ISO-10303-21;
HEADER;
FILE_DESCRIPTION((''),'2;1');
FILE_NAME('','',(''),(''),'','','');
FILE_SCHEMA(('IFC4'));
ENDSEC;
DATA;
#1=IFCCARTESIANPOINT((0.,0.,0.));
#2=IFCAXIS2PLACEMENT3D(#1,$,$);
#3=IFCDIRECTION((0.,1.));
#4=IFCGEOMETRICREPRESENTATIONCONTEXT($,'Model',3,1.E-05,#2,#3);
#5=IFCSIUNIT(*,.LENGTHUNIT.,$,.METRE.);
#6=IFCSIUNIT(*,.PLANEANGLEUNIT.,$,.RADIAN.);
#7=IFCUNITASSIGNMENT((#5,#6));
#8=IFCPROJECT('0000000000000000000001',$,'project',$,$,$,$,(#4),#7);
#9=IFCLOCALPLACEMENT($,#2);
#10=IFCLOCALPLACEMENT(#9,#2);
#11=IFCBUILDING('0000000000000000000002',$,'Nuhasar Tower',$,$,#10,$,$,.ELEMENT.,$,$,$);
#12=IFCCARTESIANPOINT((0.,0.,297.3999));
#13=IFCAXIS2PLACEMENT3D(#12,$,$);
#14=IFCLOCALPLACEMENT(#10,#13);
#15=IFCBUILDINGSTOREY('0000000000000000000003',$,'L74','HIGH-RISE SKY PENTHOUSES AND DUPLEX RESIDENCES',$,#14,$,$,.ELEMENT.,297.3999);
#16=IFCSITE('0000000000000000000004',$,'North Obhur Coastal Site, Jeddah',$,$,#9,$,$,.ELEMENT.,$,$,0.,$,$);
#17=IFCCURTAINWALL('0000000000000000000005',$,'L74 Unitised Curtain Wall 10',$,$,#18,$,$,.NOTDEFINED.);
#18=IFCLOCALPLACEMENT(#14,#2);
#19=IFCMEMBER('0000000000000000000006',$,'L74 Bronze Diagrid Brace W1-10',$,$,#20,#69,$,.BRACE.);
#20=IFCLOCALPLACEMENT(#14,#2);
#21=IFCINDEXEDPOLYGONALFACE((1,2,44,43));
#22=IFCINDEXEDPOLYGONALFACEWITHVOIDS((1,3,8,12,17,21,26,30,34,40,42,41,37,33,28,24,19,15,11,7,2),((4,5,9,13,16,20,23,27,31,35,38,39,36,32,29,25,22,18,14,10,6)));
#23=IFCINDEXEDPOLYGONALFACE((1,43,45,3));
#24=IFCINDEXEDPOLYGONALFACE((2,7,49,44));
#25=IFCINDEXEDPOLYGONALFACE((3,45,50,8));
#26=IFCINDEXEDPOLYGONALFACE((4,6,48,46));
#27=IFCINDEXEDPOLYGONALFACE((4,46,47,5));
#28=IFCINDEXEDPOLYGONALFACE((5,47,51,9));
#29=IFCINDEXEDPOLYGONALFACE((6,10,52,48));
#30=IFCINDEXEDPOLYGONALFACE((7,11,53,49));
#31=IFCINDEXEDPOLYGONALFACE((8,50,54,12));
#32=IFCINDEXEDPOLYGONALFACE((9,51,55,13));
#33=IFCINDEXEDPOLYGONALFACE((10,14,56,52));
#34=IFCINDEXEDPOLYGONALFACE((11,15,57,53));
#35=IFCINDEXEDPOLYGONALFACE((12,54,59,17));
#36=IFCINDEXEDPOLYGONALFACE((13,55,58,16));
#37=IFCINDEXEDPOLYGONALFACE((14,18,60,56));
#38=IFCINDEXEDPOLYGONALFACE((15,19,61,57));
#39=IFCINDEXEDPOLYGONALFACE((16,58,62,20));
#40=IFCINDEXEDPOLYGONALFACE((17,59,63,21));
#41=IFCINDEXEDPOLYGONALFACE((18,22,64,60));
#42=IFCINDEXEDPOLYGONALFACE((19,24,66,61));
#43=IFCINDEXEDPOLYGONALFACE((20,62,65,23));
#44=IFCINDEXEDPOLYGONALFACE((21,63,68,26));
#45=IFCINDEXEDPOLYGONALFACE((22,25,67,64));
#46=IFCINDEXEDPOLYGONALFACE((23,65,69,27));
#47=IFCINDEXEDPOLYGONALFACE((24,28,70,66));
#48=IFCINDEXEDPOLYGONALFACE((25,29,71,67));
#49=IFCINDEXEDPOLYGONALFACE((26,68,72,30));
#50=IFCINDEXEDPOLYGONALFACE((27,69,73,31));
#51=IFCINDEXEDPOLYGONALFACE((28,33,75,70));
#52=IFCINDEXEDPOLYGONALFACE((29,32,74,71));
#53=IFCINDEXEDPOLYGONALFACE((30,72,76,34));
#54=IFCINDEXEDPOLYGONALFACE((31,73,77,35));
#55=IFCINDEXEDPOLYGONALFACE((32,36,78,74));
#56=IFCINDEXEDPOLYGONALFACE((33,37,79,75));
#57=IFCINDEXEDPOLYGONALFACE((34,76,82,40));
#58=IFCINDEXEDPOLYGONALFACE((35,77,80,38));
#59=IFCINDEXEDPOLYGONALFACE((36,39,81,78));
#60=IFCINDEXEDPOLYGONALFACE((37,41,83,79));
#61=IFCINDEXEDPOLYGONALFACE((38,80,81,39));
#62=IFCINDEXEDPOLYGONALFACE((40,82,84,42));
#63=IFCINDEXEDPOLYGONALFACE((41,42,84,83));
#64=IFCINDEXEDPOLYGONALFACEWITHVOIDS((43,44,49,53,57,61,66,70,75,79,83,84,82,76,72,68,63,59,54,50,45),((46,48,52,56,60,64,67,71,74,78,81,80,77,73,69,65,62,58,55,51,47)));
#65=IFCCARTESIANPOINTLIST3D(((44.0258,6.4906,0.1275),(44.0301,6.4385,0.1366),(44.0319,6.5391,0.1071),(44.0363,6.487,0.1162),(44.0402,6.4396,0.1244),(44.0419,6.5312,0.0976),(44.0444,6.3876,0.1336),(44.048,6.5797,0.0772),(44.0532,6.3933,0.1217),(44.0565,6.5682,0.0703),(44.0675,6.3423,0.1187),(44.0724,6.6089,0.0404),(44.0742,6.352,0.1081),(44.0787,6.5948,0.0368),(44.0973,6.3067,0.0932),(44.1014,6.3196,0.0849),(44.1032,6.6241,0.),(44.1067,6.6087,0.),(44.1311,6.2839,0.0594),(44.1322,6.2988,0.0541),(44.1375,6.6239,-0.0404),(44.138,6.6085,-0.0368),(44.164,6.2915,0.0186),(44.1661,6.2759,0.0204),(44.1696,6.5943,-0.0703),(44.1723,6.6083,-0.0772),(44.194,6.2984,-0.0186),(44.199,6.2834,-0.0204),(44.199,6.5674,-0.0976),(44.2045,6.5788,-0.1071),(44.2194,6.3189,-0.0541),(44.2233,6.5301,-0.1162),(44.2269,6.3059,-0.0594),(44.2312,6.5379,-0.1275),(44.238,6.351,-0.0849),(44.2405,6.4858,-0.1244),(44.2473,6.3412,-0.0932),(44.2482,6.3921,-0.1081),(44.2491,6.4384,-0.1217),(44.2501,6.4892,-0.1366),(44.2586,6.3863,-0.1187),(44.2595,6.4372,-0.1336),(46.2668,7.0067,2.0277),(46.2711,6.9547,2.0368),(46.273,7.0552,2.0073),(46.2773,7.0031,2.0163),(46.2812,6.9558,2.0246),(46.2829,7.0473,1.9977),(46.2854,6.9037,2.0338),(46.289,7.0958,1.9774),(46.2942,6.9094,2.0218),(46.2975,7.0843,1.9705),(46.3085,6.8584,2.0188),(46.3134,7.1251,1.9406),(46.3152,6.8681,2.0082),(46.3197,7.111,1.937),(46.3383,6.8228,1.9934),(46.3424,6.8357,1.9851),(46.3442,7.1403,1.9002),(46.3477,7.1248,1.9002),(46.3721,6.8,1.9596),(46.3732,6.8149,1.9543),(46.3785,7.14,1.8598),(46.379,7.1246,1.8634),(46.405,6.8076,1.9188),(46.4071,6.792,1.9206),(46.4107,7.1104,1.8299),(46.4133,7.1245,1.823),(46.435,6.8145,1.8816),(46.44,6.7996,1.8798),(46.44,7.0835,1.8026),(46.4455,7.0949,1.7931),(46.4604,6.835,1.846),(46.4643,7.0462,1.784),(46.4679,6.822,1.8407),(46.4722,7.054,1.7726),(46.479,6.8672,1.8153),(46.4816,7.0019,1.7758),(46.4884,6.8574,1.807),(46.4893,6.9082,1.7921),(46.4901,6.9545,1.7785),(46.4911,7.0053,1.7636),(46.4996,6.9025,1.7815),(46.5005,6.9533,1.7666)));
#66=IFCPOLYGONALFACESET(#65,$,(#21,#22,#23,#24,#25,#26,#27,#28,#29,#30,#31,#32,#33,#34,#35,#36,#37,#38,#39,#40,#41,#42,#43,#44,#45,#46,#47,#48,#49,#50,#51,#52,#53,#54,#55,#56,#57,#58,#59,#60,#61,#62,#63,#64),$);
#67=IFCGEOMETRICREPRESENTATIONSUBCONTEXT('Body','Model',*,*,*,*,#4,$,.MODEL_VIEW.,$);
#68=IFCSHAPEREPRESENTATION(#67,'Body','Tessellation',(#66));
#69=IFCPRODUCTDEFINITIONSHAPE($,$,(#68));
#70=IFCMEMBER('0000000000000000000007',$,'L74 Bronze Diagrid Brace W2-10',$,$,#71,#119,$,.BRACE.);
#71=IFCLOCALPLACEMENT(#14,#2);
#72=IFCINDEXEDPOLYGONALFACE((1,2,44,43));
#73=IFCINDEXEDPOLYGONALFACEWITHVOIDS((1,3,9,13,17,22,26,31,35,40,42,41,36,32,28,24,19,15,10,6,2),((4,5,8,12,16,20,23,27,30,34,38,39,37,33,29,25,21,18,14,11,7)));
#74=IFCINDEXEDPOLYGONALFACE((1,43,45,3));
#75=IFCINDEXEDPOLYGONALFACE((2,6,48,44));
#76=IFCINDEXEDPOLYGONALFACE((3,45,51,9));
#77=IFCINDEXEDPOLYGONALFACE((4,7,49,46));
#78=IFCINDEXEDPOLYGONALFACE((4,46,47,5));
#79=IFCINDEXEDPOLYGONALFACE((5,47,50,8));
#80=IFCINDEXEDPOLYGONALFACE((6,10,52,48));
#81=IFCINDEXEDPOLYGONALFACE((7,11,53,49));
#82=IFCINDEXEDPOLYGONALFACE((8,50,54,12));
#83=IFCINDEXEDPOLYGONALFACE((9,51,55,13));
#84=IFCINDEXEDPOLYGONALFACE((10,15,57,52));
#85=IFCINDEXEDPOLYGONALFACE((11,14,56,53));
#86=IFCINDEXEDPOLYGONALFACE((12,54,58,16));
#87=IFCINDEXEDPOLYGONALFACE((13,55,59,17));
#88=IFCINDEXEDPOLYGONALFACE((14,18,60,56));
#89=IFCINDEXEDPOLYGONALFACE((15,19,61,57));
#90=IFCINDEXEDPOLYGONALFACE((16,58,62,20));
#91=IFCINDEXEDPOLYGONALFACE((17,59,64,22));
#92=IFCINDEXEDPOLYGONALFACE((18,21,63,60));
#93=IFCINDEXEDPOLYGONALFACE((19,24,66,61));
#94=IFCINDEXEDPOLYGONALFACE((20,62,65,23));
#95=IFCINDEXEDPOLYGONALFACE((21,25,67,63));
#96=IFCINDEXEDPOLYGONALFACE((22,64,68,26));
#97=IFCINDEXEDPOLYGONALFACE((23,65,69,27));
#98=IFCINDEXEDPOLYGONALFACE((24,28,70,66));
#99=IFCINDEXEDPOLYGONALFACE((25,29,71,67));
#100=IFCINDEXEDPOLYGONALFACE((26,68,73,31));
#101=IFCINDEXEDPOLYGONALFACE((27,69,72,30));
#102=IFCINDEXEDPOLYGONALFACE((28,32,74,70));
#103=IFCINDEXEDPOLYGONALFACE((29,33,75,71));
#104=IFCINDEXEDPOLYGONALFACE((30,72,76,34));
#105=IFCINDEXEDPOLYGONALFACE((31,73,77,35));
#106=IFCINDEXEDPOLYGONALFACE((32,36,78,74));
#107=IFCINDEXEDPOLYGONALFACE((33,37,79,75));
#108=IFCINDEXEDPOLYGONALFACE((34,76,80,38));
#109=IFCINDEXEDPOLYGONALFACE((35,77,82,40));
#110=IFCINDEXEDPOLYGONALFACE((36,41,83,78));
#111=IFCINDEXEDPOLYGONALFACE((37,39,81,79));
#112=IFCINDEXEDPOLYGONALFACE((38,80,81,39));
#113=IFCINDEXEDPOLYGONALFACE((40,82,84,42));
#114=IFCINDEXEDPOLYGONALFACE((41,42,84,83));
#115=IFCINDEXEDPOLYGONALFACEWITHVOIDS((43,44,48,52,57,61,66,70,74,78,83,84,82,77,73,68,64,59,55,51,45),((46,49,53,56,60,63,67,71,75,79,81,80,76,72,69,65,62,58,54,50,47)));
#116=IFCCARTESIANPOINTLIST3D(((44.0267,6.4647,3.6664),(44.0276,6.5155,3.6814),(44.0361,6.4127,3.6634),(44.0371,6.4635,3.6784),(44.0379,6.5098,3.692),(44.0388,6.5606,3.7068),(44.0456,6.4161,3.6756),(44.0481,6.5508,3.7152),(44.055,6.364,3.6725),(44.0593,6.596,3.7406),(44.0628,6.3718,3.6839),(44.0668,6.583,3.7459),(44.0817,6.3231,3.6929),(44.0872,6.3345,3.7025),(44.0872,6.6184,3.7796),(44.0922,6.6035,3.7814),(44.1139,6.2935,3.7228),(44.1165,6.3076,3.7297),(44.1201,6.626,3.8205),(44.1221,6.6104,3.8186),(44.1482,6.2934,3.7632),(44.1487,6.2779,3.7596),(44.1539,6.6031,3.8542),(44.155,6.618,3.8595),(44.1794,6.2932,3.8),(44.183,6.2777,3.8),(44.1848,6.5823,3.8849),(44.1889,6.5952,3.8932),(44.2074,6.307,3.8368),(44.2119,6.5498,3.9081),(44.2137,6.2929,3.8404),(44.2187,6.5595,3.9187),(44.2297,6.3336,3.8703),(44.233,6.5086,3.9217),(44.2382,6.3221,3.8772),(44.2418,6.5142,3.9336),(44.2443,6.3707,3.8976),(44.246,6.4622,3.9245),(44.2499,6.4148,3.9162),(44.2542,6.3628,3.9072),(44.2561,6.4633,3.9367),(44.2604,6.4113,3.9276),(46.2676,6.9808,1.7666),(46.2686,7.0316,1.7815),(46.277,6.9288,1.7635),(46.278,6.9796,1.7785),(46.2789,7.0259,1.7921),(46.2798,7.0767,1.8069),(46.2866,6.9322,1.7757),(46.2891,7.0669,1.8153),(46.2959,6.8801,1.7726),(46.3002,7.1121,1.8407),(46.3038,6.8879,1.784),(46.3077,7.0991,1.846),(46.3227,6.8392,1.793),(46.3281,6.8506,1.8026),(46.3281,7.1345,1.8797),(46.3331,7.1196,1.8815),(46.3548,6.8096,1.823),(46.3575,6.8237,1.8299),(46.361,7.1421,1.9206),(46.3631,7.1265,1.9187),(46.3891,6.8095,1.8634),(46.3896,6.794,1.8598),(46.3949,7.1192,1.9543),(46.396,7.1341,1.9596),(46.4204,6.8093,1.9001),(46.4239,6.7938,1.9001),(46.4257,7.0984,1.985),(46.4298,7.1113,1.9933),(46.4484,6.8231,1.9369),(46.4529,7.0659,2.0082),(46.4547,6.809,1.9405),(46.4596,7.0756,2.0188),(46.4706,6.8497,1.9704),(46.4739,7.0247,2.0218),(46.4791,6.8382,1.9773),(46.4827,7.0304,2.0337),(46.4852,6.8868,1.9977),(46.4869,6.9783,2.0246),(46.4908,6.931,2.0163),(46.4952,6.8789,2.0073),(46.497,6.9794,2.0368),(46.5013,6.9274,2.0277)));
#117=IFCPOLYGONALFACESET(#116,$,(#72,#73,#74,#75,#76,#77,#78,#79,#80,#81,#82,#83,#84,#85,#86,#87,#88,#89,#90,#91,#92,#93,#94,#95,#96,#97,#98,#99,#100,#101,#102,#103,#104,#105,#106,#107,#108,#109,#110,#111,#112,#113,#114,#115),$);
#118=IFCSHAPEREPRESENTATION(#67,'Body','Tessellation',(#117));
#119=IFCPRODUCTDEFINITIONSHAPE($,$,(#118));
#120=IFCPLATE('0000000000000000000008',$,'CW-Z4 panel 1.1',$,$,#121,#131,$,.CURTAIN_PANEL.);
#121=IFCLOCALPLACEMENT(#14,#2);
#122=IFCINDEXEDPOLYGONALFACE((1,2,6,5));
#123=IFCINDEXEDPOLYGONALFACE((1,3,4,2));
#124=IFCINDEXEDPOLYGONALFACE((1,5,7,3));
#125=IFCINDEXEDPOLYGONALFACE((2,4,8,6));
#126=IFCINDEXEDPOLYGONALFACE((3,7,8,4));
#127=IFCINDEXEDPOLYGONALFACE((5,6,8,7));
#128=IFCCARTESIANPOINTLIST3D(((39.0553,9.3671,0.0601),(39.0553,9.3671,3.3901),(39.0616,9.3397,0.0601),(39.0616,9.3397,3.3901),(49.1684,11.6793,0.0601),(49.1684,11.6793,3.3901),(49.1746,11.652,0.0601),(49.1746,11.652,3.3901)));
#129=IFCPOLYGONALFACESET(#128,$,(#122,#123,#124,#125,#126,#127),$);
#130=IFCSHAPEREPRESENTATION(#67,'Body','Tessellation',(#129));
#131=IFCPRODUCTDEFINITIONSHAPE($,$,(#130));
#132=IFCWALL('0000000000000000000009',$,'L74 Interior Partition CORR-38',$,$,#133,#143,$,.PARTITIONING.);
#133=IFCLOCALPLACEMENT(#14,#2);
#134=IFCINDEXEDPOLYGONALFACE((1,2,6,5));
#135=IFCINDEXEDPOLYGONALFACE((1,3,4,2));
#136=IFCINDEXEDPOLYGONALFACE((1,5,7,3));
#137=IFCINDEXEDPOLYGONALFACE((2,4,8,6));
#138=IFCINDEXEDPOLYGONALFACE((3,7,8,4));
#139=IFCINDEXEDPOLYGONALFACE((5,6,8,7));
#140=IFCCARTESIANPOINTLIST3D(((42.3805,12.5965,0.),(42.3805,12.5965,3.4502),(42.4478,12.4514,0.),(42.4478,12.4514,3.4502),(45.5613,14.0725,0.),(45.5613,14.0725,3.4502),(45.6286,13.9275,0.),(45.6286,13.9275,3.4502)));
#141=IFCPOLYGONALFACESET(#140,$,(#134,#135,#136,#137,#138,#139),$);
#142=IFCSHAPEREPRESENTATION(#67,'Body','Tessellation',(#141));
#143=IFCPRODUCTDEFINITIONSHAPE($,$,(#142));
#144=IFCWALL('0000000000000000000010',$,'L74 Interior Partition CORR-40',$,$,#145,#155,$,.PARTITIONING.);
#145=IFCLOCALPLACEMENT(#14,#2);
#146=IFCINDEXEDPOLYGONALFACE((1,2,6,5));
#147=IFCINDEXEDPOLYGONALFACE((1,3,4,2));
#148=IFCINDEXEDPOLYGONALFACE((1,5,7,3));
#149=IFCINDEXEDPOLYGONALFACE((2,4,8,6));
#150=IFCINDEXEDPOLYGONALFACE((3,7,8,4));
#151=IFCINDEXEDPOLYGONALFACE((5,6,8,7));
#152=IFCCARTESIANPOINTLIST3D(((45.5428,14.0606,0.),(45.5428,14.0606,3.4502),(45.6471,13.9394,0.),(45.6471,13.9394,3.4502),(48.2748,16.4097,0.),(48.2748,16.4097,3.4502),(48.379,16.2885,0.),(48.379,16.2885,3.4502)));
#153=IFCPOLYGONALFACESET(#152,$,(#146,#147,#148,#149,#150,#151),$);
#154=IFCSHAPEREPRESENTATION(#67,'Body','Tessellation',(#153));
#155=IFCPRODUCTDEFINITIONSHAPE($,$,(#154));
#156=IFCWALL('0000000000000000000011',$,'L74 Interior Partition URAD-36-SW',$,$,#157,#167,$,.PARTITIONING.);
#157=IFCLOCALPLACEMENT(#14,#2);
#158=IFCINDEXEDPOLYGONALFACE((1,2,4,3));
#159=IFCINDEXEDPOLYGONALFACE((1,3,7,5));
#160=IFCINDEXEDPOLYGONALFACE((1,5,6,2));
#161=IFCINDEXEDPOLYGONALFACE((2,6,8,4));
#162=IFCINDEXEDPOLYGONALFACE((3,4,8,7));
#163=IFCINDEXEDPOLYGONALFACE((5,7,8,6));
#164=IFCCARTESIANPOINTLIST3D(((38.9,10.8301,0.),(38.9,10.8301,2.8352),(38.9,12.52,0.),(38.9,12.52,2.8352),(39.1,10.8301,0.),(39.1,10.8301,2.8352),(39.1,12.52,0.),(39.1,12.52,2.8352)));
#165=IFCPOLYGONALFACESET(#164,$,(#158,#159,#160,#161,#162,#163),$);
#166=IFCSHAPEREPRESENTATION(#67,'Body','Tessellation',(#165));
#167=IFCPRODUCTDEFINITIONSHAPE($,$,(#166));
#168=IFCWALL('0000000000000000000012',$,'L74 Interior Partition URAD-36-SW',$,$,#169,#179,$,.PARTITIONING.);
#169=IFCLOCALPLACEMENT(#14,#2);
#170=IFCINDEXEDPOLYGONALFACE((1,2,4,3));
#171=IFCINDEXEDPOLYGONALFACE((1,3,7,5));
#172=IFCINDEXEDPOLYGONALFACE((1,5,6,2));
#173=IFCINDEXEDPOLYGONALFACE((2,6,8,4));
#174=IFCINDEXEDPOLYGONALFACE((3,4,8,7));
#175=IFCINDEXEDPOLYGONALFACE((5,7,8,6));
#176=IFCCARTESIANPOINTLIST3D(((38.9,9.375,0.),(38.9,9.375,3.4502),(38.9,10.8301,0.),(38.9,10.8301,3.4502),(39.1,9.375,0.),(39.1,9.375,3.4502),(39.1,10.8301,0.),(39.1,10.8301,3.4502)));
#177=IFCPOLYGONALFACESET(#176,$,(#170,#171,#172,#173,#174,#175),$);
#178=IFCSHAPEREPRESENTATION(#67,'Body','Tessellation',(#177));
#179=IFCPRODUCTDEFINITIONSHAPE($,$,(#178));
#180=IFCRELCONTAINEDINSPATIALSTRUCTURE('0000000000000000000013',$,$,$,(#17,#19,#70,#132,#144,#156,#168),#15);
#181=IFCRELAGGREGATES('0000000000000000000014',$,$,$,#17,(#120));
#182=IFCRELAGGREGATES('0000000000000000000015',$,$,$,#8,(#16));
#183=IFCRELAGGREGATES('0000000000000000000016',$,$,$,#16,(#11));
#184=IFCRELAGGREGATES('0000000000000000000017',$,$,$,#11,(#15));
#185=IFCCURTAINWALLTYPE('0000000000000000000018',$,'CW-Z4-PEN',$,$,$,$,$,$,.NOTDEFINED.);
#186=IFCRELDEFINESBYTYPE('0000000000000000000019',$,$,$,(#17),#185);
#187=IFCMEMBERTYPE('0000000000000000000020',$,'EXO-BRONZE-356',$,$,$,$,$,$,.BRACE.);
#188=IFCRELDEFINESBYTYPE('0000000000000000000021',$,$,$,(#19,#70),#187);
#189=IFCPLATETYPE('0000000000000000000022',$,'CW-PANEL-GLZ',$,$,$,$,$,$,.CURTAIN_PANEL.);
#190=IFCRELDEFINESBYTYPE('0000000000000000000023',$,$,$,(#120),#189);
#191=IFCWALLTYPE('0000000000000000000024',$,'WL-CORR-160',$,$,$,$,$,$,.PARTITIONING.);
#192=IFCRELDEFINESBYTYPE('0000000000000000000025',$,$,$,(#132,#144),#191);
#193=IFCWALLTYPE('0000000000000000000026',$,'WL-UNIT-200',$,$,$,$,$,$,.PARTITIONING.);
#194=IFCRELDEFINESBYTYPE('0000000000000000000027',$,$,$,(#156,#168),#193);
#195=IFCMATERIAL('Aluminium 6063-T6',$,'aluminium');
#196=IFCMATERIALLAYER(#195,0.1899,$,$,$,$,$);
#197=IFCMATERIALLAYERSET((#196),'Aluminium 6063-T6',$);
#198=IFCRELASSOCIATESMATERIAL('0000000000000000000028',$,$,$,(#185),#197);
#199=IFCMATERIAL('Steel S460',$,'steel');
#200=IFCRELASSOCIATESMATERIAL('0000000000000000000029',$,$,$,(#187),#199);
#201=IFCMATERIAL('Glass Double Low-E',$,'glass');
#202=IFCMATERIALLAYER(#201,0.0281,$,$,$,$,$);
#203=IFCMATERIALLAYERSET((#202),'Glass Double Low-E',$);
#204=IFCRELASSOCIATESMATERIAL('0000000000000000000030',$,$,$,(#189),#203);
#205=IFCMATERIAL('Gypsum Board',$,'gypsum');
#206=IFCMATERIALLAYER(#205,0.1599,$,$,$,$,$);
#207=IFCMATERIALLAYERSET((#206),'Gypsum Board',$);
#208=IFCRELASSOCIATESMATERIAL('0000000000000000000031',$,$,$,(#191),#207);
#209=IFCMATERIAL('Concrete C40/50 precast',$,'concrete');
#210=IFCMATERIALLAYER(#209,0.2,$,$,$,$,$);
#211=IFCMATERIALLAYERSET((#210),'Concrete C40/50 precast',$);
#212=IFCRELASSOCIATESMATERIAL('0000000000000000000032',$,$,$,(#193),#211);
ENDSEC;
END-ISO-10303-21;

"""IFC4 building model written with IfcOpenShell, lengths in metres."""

from ifc_helpers import new_model, si_unit, direction, frame, frame_2d, origin, origin_2d, place, context, subcontext, project, spatial, rectangle, hollow_circle, extrude, material, layer, layer_set, material_profile, profile_set, type_object, element, aggregate, save


model = new_model("IFC4")

# Units and contexts
model_context = context("Model", 3, precision=1e-05, world=origin(), true_north=direction((0.0, 1.0)))
body_context = subcontext(model_context, "Body", "Model", "MODEL_VIEW")
ifc_project = project(units=[si_unit("LENGTHUNIT", "METRE"), si_unit("PLANEANGLEUNIT", "RADIAN")], contexts=[model_context])

# Site, building, storey
site_placement = place(None, origin())
site = spatial("IfcSite", under=ifc_project, at=site_placement, Name="North Obhur Coastal Site, Jeddah", CompositionType="ELEMENT", RefElevation=0.0)
building_placement = place(site_placement, origin())
building = spatial("IfcBuilding", under=site, at=building_placement, Name="Nuhasar Tower", CompositionType="ELEMENT")
storey_placement = place(building_placement, frame((0.0, 0.0, 297.3999)))
storey = spatial("IfcBuildingStorey", under=building, at=storey_placement, Name="L74", Description="HIGH-RISE SKY PENTHOUSES AND DUPLEX RESIDENCES", CompositionType="ELEMENT", Elevation=297.3999)

# Curtain wall
ifc_material_1 = material(Name="Aluminium 6063-T6", Category="aluminium")
ifc_layer_1 = layer(ifc_material_1, 0.1899)
ifc_layer_set_1 = layer_set([ifc_layer_1], Name="Aluminium 6063-T6")
curtain_wall_type = type_object("IfcCurtainWallType", Name="CW-Z4-PEN", PredefinedType="NOTDEFINED", material=ifc_layer_set_1)
curtain_wall_placement = place(storey_placement, origin())
curtain_wall = element("IfcCurtainWall", 1, at=curtain_wall_placement, inside=storey, type_object=curtain_wall_type, Name="L74 Unitised Curtain Wall 10", PredefinedType="NOTDEFINED")

# Members
ifc_material_2 = material(Name="Steel S460", Category="steel")
ifc_material_profile_1 = material_profile(ifc_material_2, hollow_circle(Radius=0.1777, WallThickness=0.0159, at=origin_2d()), Name="HSS355.6X15.9")
ifc_profile_set_1 = profile_set([ifc_material_profile_1], Name="Steel S460")
member_type_1 = type_object("IfcMemberType", Name="EXO-BRONZE-356", PredefinedType="BRACE", material=ifc_profile_set_1)
member_1_placement = place(storey_placement, frame((44.1431, 6.4509, 0.0), z_axis=(0.751222, 0.173013, 0.636971), x_axis=(-0.224433, 0.97449, 0.0)))
element("IfcMember", 2, at=member_1_placement, inside=storey, type_object=member_type_1, Name="L74 Bronze Diagrid Brace W1-10", PredefinedType="BRACE", context=body_context, shape_type="SweptSolid", body=[
    extrude(hollow_circle(Radius=0.1777, WallThickness=0.0159, at=origin_2d()), origin(), (0.0, 0.0, 1.0), 2.9832),
])
member_2_placement = place(storey_placement, frame((46.384, 6.967, 1.9001), z_axis=(-0.751261, -0.173022, 0.636923), x_axis=(0.224433, -0.97449, 0.0)))
element("IfcMember", 3, at=member_2_placement, inside=storey, type_object=member_type_1, Name="L74 Bronze Diagrid Brace W2-10", PredefinedType="BRACE", context=body_context, shape_type="SweptSolid", body=[
    extrude(hollow_circle(Radius=0.1777, WallThickness=0.0159, at=origin_2d()), origin(), (0.0, 0.0, 1.0), 2.9829),
])

# Plate
ifc_material_3 = material(Name="Glass Double Low-E", Category="glass")
ifc_layer_2 = layer(ifc_material_3, 0.0281)
ifc_layer_set_2 = layer_set([ifc_layer_2], Name="Glass Double Low-E")
plate_type = type_object("IfcPlateType", Name="CW-PANEL-GLZ", PredefinedType="CURTAIN_PANEL", material=ifc_layer_set_2)
plate_placement = place(storey_placement, frame((44.115, 10.5095, 0.0601), z_axis=(0.0, 0.0, 1.0), x_axis=(0.974844, 0.222889, 0.0)))
plate = element("IfcPlate", 4, at=plate_placement, type_object=plate_type, Name="CW-Z4 panel 1.1", PredefinedType="CURTAIN_PANEL", context=body_context, shape_type="SweptSolid", body=[
    extrude(rectangle(XDim=10.374, YDim=0.0281, at=origin_2d()), origin(), (0.0, 0.0, 1.0), 3.3301),
])
aggregate(curtain_wall, [plate])

# Shared definitions
ifc_material_4 = material(Name="Gypsum Board", Category="gypsum")
ifc_layer_3 = layer(ifc_material_4, 0.1599)
ifc_layer_set_3 = layer_set([ifc_layer_3], Name="Gypsum Board")
wall_type_1 = type_object("IfcWallType", Name="WL-CORR-160", PredefinedType="PARTITIONING", material=ifc_layer_set_3)

# Walls
wall_1_placement = place(storey_placement, frame((42.4141, 12.5239, 0.0), z_axis=(0.0, 0.0, 1.0), x_axis=(0.907093, 0.420929, 0.0)))
element("IfcWall", 5, at=wall_1_placement, inside=storey, type_object=wall_type_1, Name="L74 Interior Partition CORR-38", PredefinedType="PARTITIONING", context=body_context, shape_type="SweptSolid", body=[
    extrude(rectangle(XDim=3.5066, YDim=0.1599, at=frame_2d((1.7534, 0.0))), origin(), (0.0, 0.0, 1.0), 3.4502),
])
wall_2_placement = place(storey_placement, frame((45.595, 14.0, 0.0), z_axis=(0.0, 0.0, 1.0), x_axis=(0.758232, 0.651985, 0.0)))
element("IfcWall", 6, at=wall_2_placement, inside=storey, type_object=wall_type_1, Name="L74 Interior Partition CORR-40", PredefinedType="PARTITIONING", context=body_context, shape_type="SweptSolid", body=[
    extrude(rectangle(XDim=3.603, YDim=0.1599, at=frame_2d((1.8015, 0.0))), origin(), (0.0, 0.0, 1.0), 3.4502),
])

# Walls
ifc_material_5 = material(Name="Concrete C40/50 precast", Category="concrete")
ifc_layer_4 = layer(ifc_material_5, 0.2)
ifc_layer_set_4 = layer_set([ifc_layer_4], Name="Concrete C40/50 precast")
wall_type_2 = type_object("IfcWallType", Name="WL-UNIT-200", PredefinedType="PARTITIONING", material=ifc_layer_set_4)
wall_3_placement = place(storey_placement, frame((39.0, 12.52, 0.0), z_axis=(0.0, 0.0, 1.0), x_axis=(0.0, -1.0, 0.0)))
element("IfcWall", 7, at=wall_3_placement, inside=storey, type_object=wall_type_2, Name="L74 Interior Partition URAD-36-SW", PredefinedType="PARTITIONING", context=body_context, shape_type="SweptSolid", body=[
    extrude(rectangle(XDim=1.6899, YDim=0.2, at=frame_2d((0.845, 0.0))), origin(), (0.0, 0.0, 1.0), 2.8352),
])
wall_4_placement = place(storey_placement, frame((39.0, 10.8301, 0.0), z_axis=(0.0, 0.0, 1.0), x_axis=(0.0, -1.0, 0.0)))
element("IfcWall", 8, at=wall_4_placement, inside=storey, type_object=wall_type_2, Name="L74 Interior Partition URAD-36-SW", PredefinedType="PARTITIONING", context=body_context, shape_type="SweptSolid", body=[
    extrude(rectangle(XDim=1.4551, YDim=0.2, at=frame_2d((0.7275, 0.0))), origin(), (0.0, 0.0, 1.0), 3.4502),
])

save(model, "model.ifc")
